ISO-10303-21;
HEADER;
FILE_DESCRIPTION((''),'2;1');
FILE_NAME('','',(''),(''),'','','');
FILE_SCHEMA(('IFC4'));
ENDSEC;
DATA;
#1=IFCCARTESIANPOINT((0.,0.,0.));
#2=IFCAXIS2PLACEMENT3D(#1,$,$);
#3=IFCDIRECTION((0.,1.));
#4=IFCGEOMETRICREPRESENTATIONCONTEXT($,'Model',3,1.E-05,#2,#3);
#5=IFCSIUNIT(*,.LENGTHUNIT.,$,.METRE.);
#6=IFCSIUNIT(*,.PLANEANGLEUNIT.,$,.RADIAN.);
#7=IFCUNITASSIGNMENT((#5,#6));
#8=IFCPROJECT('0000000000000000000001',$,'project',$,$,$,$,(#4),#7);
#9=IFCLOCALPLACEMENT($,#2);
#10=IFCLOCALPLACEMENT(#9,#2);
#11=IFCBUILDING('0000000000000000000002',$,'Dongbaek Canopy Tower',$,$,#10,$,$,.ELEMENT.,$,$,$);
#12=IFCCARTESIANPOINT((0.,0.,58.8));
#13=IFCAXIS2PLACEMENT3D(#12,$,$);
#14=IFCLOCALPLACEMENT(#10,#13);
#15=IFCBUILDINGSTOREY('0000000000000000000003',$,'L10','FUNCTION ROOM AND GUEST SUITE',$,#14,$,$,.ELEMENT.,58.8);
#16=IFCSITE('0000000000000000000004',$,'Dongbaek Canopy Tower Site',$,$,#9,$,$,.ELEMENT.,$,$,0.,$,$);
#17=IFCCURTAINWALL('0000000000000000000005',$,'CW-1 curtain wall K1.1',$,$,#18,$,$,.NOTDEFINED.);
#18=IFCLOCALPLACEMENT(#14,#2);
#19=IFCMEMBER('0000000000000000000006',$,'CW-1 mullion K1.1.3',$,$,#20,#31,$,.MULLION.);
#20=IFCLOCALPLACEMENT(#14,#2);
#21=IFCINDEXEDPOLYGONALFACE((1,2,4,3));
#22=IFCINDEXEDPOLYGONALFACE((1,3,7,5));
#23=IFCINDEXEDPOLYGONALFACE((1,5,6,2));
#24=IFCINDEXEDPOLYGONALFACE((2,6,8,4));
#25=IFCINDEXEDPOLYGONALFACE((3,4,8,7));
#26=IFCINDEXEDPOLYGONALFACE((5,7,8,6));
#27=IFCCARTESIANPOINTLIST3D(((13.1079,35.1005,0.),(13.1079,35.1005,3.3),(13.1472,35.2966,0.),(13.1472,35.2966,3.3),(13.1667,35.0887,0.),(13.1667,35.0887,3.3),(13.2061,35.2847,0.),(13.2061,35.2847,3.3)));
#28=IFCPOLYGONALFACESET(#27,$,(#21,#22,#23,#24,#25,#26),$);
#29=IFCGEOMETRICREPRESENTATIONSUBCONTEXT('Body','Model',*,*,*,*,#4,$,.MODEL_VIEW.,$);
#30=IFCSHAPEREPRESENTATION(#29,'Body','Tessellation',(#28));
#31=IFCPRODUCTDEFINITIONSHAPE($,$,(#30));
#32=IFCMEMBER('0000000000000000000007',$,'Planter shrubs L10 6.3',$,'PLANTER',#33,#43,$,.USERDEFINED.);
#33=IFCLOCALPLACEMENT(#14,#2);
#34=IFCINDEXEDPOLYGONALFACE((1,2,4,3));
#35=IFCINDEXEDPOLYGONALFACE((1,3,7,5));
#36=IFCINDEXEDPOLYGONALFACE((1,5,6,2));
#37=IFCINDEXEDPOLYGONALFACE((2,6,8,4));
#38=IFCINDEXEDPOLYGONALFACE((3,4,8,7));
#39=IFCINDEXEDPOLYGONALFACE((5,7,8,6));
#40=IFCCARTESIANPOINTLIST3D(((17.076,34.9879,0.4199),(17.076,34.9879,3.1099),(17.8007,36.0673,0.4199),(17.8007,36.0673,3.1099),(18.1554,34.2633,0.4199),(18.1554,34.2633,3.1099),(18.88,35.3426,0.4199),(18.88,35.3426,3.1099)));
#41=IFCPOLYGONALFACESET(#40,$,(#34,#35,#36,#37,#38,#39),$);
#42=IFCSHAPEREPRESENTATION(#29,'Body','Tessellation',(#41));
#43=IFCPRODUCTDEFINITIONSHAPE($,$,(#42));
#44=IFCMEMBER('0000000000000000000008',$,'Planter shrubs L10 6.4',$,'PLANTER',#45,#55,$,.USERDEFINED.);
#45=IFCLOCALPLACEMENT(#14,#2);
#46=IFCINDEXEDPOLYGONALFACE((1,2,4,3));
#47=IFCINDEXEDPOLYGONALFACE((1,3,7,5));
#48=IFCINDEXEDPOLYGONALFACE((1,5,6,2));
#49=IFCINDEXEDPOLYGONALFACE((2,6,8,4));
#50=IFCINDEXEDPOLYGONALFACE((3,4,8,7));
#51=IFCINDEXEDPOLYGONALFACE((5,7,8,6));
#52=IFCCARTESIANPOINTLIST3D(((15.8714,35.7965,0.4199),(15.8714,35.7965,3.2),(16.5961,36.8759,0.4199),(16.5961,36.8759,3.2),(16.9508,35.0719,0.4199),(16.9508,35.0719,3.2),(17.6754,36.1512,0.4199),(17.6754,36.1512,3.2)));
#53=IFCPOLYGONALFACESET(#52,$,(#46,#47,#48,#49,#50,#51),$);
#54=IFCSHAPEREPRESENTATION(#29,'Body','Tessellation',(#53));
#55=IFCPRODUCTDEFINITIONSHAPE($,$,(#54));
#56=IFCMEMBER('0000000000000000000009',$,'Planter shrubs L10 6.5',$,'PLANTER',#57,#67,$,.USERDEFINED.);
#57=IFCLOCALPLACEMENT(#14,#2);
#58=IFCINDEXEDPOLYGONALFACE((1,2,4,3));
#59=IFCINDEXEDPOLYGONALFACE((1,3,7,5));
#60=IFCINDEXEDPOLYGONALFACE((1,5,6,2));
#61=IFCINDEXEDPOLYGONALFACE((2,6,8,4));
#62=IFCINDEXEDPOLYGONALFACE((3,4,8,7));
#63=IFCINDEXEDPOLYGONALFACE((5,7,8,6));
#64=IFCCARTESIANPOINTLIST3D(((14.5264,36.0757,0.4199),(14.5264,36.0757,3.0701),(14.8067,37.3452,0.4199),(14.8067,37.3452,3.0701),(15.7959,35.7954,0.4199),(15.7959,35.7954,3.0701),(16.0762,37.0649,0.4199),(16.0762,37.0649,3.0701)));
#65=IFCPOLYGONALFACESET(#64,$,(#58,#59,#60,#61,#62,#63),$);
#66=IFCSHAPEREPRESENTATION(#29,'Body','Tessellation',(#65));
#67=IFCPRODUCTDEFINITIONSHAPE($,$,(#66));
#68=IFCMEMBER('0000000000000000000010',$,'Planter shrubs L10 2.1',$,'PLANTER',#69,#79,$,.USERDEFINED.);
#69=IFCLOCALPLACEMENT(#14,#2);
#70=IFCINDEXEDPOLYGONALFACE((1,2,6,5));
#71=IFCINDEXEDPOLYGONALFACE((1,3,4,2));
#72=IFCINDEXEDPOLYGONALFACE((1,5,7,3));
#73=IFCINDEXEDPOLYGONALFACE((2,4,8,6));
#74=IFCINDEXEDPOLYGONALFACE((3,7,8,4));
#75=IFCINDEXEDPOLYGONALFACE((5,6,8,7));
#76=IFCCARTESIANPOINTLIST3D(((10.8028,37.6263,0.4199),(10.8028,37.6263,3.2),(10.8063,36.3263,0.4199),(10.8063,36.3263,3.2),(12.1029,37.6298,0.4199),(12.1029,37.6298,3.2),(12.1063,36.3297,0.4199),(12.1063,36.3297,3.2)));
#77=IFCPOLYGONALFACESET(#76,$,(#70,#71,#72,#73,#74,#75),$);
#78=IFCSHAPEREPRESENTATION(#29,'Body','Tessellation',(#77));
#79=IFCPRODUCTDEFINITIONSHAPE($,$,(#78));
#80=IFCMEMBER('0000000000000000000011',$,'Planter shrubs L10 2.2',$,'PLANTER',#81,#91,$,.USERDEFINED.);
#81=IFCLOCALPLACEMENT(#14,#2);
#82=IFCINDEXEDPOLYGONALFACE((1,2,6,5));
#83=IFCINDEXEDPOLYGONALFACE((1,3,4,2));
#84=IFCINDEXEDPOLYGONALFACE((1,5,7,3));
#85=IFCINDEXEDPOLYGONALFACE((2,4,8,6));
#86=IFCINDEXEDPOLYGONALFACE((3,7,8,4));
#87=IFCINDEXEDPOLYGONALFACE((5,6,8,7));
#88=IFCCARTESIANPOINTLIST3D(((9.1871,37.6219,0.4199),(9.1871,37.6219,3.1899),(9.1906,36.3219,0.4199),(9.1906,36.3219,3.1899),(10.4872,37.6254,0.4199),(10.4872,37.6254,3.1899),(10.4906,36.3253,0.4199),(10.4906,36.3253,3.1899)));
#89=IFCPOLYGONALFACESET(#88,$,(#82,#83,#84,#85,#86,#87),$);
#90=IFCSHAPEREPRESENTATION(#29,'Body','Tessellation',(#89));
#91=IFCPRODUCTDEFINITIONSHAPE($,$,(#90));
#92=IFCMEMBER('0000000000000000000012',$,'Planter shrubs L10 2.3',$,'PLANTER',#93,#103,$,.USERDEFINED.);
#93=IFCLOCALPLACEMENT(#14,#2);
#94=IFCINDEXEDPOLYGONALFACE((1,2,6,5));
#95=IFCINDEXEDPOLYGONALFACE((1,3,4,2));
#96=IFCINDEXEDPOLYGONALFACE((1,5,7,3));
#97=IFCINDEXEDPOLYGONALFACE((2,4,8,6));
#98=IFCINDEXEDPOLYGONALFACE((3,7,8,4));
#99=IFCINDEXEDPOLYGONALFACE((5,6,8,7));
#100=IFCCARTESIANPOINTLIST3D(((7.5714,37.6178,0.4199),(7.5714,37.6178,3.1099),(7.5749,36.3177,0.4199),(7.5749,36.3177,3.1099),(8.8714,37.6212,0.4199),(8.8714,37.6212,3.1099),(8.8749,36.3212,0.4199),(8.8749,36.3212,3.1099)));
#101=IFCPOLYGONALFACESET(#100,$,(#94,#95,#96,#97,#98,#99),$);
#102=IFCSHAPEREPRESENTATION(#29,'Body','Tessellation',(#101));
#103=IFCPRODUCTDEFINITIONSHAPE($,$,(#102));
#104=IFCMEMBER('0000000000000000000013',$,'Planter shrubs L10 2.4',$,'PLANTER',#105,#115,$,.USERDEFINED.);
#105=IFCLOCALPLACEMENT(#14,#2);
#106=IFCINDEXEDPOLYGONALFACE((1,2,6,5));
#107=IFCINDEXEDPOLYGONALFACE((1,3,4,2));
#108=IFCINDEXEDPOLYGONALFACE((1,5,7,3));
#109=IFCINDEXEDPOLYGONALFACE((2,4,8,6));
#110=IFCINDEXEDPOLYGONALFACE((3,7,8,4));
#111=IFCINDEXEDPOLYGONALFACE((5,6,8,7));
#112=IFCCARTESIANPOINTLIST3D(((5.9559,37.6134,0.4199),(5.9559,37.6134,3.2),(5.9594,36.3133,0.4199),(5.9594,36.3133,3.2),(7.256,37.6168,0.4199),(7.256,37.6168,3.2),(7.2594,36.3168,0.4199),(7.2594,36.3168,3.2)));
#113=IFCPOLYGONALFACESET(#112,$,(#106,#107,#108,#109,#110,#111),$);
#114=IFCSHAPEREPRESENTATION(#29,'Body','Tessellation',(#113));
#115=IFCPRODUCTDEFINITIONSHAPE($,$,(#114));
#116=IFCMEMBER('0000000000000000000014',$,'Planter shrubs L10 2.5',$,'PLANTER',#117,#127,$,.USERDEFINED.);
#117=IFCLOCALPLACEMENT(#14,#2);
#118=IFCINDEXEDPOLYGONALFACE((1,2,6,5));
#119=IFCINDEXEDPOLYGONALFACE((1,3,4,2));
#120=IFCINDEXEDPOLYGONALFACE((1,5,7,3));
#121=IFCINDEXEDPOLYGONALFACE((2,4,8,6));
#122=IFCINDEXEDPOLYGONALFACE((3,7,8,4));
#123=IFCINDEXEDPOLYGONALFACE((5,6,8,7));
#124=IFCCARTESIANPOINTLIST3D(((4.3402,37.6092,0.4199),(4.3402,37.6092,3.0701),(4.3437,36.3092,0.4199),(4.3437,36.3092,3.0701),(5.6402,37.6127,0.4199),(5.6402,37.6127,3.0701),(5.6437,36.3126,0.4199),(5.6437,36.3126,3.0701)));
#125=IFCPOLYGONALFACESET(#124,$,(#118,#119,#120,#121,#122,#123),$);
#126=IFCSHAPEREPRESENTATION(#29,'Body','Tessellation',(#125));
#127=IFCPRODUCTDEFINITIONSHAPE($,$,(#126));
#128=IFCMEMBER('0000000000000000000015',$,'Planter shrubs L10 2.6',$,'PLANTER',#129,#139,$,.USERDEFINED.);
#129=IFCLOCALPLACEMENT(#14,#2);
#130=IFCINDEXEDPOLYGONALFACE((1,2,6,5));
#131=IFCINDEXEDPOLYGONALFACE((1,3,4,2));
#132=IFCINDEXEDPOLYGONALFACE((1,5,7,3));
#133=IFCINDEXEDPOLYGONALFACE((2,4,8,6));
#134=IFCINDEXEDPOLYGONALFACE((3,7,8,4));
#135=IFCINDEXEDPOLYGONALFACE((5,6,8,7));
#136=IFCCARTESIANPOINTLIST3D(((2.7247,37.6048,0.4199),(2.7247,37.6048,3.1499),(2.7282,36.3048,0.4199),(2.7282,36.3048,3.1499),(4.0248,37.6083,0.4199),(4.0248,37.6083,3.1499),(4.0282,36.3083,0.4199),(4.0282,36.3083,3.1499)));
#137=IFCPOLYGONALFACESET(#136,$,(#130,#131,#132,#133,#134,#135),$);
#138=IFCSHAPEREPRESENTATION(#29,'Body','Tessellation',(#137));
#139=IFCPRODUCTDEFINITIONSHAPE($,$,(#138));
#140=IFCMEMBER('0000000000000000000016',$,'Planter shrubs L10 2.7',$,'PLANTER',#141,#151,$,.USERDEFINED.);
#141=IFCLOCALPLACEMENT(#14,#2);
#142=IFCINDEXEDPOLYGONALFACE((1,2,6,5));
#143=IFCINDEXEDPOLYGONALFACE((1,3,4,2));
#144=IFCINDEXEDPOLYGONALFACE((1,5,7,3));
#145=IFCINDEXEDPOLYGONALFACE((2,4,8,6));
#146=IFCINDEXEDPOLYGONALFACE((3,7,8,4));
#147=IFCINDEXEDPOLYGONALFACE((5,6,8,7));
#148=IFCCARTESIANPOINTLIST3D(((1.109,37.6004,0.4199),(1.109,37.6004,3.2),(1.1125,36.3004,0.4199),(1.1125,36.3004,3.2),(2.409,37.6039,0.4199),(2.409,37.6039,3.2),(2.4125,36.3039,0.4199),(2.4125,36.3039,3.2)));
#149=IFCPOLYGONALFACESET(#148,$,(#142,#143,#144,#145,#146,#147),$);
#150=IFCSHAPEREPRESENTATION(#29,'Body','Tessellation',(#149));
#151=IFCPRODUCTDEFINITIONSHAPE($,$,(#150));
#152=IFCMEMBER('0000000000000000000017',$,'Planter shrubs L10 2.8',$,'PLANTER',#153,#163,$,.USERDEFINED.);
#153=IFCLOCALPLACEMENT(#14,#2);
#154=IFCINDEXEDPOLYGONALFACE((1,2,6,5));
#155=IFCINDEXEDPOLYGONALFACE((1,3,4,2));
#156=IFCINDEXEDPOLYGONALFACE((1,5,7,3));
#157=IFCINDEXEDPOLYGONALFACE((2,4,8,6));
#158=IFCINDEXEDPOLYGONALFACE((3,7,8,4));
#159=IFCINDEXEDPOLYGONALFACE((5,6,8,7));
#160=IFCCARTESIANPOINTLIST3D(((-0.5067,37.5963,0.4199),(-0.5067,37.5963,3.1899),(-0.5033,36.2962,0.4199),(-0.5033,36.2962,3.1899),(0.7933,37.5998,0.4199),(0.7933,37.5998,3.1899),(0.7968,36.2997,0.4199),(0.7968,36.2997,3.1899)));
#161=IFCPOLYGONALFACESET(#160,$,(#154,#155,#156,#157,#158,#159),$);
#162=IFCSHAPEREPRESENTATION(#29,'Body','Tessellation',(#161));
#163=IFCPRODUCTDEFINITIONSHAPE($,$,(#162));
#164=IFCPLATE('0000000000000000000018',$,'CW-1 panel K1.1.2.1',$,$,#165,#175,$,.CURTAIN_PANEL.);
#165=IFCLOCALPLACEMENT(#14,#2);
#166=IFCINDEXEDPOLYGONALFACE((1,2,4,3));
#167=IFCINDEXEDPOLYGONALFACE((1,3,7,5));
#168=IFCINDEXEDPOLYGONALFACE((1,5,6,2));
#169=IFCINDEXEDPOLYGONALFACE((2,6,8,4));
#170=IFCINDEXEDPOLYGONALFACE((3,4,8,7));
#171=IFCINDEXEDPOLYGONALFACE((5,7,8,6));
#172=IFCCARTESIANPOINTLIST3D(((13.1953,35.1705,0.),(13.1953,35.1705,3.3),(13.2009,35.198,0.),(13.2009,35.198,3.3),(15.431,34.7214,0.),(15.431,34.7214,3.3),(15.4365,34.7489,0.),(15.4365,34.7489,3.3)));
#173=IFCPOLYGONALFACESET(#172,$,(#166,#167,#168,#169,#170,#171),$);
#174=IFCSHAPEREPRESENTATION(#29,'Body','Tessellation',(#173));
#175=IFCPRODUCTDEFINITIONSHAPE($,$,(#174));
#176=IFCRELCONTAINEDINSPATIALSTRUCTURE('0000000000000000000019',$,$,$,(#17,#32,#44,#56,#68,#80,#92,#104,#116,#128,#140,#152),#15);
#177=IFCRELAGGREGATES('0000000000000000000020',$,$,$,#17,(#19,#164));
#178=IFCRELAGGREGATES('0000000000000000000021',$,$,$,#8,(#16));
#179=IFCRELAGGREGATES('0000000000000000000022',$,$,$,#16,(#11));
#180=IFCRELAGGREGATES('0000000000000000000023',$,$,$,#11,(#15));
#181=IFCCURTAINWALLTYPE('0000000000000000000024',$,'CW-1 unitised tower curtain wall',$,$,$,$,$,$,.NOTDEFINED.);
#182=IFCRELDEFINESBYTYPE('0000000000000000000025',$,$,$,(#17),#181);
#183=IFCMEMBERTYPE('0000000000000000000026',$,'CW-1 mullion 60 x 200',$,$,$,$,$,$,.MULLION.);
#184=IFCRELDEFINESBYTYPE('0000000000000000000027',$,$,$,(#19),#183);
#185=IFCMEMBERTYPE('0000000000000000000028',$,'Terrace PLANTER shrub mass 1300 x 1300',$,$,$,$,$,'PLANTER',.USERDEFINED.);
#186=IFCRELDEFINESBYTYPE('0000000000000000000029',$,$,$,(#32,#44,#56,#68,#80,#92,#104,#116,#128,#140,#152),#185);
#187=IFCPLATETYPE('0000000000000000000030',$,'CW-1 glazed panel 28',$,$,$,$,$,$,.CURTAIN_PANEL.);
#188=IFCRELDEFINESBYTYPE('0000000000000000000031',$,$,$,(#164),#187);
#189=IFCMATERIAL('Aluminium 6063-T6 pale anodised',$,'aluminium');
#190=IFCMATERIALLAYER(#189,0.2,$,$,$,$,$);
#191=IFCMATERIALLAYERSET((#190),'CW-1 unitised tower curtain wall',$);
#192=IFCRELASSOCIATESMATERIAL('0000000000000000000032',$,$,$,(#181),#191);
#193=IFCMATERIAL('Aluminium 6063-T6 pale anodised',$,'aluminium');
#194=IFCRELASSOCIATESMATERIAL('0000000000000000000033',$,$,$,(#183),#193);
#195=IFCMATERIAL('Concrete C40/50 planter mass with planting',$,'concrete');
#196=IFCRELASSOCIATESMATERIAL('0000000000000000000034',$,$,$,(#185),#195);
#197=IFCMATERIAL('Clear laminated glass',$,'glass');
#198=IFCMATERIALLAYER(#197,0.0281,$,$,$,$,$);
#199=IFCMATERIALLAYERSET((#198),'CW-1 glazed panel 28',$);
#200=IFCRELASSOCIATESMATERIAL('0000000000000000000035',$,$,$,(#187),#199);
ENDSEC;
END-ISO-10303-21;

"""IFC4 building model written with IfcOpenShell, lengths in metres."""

from ifc_helpers import new_model, si_unit, direction, frame, origin, origin_2d, place, context, subcontext, project, spatial, rectangle, extrude, material, layer, layer_set, material_profile, profile_set, type_object, element, aggregate, save


model = new_model("IFC4")

# Units and contexts
model_context = context("Model", 3, precision=1e-05, world=origin(), true_north=direction((0.0, 1.0)))
body_context = subcontext(model_context, "Body", "Model", "MODEL_VIEW")
ifc_project = project(units=[si_unit("LENGTHUNIT", "METRE"), si_unit("PLANEANGLEUNIT", "RADIAN")], contexts=[model_context])

# Site, building, storey
site_placement = place(None, origin())
site = spatial("IfcSite", under=ifc_project, at=site_placement, Name="Dongbaek Canopy Tower Site", CompositionType="ELEMENT", RefElevation=0.0)
building_placement = place(site_placement, origin())
building = spatial("IfcBuilding", under=site, at=building_placement, Name="Dongbaek Canopy Tower", CompositionType="ELEMENT")
storey_placement = place(building_placement, frame((0.0, 0.0, 58.8)))
storey = spatial("IfcBuildingStorey", under=building, at=storey_placement, Name="L10", Description="FUNCTION ROOM AND GUEST SUITE", CompositionType="ELEMENT", Elevation=58.8)

# Curtain wall, member
ifc_material_1 = material(Name="Aluminium 6063-T6 pale anodised", Category="aluminium")
ifc_layer_1 = layer(ifc_material_1, 0.2)
ifc_layer_set_1 = layer_set([ifc_layer_1], Name="CW-1 unitised tower curtain wall")
curtain_wall_type = type_object("IfcCurtainWallType", Name="CW-1 unitised tower curtain wall", PredefinedType="NOTDEFINED", material=ifc_layer_set_1)
curtain_wall_placement = place(storey_placement, origin())
curtain_wall = element("IfcCurtainWall", 1, at=curtain_wall_placement, inside=storey, type_object=curtain_wall_type, Name="CW-1 curtain wall K1.1", PredefinedType="NOTDEFINED")
ifc_material_2 = material(Name="Aluminium 6063-T6 pale anodised", Category="aluminium")
ifc_material_profile_1 = material_profile(ifc_material_2, rectangle(XDim=0.2, YDim=0.0601, at=origin_2d()), Name="CW-1 mullion 60 x 200")
ifc_profile_set_1 = profile_set([ifc_material_profile_1], Name="Aluminium 6063-T6 pale anodised")
member_type_1 = type_object("IfcMemberType", Name="CW-1 mullion 60 x 200", PredefinedType="MULLION", material=ifc_profile_set_1)
member_1_placement = place(storey_placement, frame((13.157, 35.1926, 0.0), z_axis=(0.0, 0.0, 1.0), x_axis=(0.196938, 0.980416, 0.0)))
member_1 = element("IfcMember", 2, at=member_1_placement, type_object=member_type_1, Name="CW-1 mullion K1.1.3", PredefinedType="MULLION", context=body_context, shape_type="SweptSolid", body=[
    extrude(rectangle(XDim=0.2, YDim=0.0601, at=origin_2d()), origin(), (0.0, 0.0, 1.0), 3.3),
])

# Members
ifc_material_3 = material(Name="Concrete C40/50 planter mass with planting", Category="concrete")
ifc_material_profile_2 = material_profile(ifc_material_3, rectangle(XDim=1.3, YDim=1.3, at=origin_2d()), Name="Terrace PLANTER shrub mass 1300 x 1300")
ifc_profile_set_2 = profile_set([ifc_material_profile_2], Name="Concrete C40/50 planter mass with planting")
member_type_2 = type_object("IfcMemberType", Name="Terrace PLANTER shrub mass 1300 x 1300", ElementType="PLANTER", PredefinedType="USERDEFINED", material=ifc_profile_set_2)
member_2_placement = place(storey_placement, frame((17.978, 35.1653, 0.4199), z_axis=(0.0, 0.0, 1.0), x_axis=(0.557401, 0.830243, 0.0)))
element("IfcMember", 3, at=member_2_placement, inside=storey, type_object=member_type_2, Name="Planter shrubs L10 6.3", ObjectType="PLANTER", PredefinedType="USERDEFINED", context=body_context, shape_type="SweptSolid", body=[
    extrude(rectangle(XDim=1.3, YDim=1.3, at=origin_2d()), origin(), (0.0, 0.0, 1.0), 2.6899),
])
member_3_placement = place(storey_placement, frame((16.7734, 35.9739, 0.4199), z_axis=(0.0, 0.0, 1.0), x_axis=(0.557401, 0.830243, 0.0)))
element("IfcMember", 4, at=member_3_placement, inside=storey, type_object=member_type_2, Name="Planter shrubs L10 6.4", ObjectType="PLANTER", PredefinedType="USERDEFINED", context=body_context, shape_type="SweptSolid", body=[
    extrude(rectangle(XDim=1.3, YDim=1.3, at=origin_2d()), origin(), (0.0, 0.0, 1.0), 2.78),
])
member_4_placement = place(storey_placement, frame((15.3013, 36.5703, 0.4199), z_axis=(0.0, 0.0, 1.0), x_axis=(0.215601, 0.976482, 0.0)))
element("IfcMember", 5, at=member_4_placement, inside=storey, type_object=member_type_2, Name="Planter shrubs L10 6.5", ObjectType="PLANTER", PredefinedType="USERDEFINED", context=body_context, shape_type="SweptSolid", body=[
    extrude(rectangle(XDim=1.3, YDim=1.3, at=origin_2d()), origin(), (0.0, 0.0, 1.0), 2.6501),
])
member_5_placement = place(storey_placement, frame((11.4546, 36.978, 0.4199), z_axis=(0.0, 0.0, 1.0), x_axis=(-0.002666, 0.999996, 0.0)))
element("IfcMember", 6, at=member_5_placement, inside=storey, type_object=member_type_2, Name="Planter shrubs L10 2.1", ObjectType="PLANTER", PredefinedType="USERDEFINED", context=body_context, shape_type="SweptSolid", body=[
    extrude(rectangle(XDim=1.3, YDim=1.3, at=origin_2d()), origin(), (0.0, 0.0, 1.0), 2.78),
])
member_6_placement = place(storey_placement, frame((9.8389, 36.9736, 0.4199), z_axis=(0.0, 0.0, 1.0), x_axis=(-0.002666, 0.999996, 0.0)))
element("IfcMember", 7, at=member_6_placement, inside=storey, type_object=member_type_2, Name="Planter shrubs L10 2.2", ObjectType="PLANTER", PredefinedType="USERDEFINED", context=body_context, shape_type="SweptSolid", body=[
    extrude(rectangle(XDim=1.3, YDim=1.3, at=origin_2d()), origin(), (0.0, 0.0, 1.0), 2.77),
])
member_7_placement = place(storey_placement, frame((8.2231, 36.9695, 0.4199), z_axis=(0.0, 0.0, 1.0), x_axis=(-0.002666, 0.999996, 0.0)))
element("IfcMember", 8, at=member_7_placement, inside=storey, type_object=member_type_2, Name="Planter shrubs L10 2.3", ObjectType="PLANTER", PredefinedType="USERDEFINED", context=body_context, shape_type="SweptSolid", body=[
    extrude(rectangle(XDim=1.3, YDim=1.3, at=origin_2d()), origin(), (0.0, 0.0, 1.0), 2.6899),
])
member_8_placement = place(storey_placement, frame((6.6077, 36.9651, 0.4199), z_axis=(0.0, 0.0, 1.0), x_axis=(-0.002666, 0.999996, 0.0)))
element("IfcMember", 9, at=member_8_placement, inside=storey, type_object=member_type_2, Name="Planter shrubs L10 2.4", ObjectType="PLANTER", PredefinedType="USERDEFINED", context=body_context, shape_type="SweptSolid", body=[
    extrude(rectangle(XDim=1.3, YDim=1.3, at=origin_2d()), origin(), (0.0, 0.0, 1.0), 2.78),
])
member_9_placement = place(storey_placement, frame((4.9919, 36.9609, 0.4199), z_axis=(0.0, 0.0, 1.0), x_axis=(-0.002666, 0.999996, 0.0)))
element("IfcMember", 10, at=member_9_placement, inside=storey, type_object=member_type_2, Name="Planter shrubs L10 2.5", ObjectType="PLANTER", PredefinedType="USERDEFINED", context=body_context, shape_type="SweptSolid", body=[
    extrude(rectangle(XDim=1.3, YDim=1.3, at=origin_2d()), origin(), (0.0, 0.0, 1.0), 2.6501),
])
member_10_placement = place(storey_placement, frame((3.3765, 36.9565, 0.4199), z_axis=(0.0, 0.0, 1.0), x_axis=(-0.002666, 0.999996, 0.0)))
element("IfcMember", 11, at=member_10_placement, inside=storey, type_object=member_type_2, Name="Planter shrubs L10 2.6", ObjectType="PLANTER", PredefinedType="USERDEFINED", context=body_context, shape_type="SweptSolid", body=[
    extrude(rectangle(XDim=1.3, YDim=1.3, at=origin_2d()), origin(), (0.0, 0.0, 1.0), 2.73),
])
member_11_placement = place(storey_placement, frame((1.7607, 36.9521, 0.4199), z_axis=(0.0, 0.0, 1.0), x_axis=(-0.002666, 0.999996, 0.0)))
element("IfcMember", 12, at=member_11_placement, inside=storey, type_object=member_type_2, Name="Planter shrubs L10 2.7", ObjectType="PLANTER", PredefinedType="USERDEFINED", context=body_context, shape_type="SweptSolid", body=[
    extrude(rectangle(XDim=1.3, YDim=1.3, at=origin_2d()), origin(), (0.0, 0.0, 1.0), 2.78),
])
member_12_placement = place(storey_placement, frame((0.145, 36.948, 0.4199), z_axis=(0.0, 0.0, 1.0), x_axis=(-0.002666, 0.999996, 0.0)))
element("IfcMember", 13, at=member_12_placement, inside=storey, type_object=member_type_2, Name="Planter shrubs L10 2.8", ObjectType="PLANTER", PredefinedType="USERDEFINED", context=body_context, shape_type="SweptSolid", body=[
    extrude(rectangle(XDim=1.3, YDim=1.3, at=origin_2d()), origin(), (0.0, 0.0, 1.0), 2.77),
])

# Plate
ifc_material_4 = material(Name="Clear laminated glass", Category="glass")
ifc_layer_2 = layer(ifc_material_4, 0.0281)
ifc_layer_set_2 = layer_set([ifc_layer_2], Name="CW-1 glazed panel 28")
plate_type = type_object("IfcPlateType", Name="CW-1 glazed panel 28", PredefinedType="CURTAIN_PANEL", material=ifc_layer_set_2)
plate_placement = place(storey_placement, frame((14.3159, 34.9597, 0.0), z_axis=(0.0, 0.0, 1.0), x_axis=(-0.980416, 0.196938, 0.0)))
plate = element("IfcPlate", 14, at=plate_placement, type_object=plate_type, Name="CW-1 panel K1.1.2.1", PredefinedType="CURTAIN_PANEL", context=body_context, shape_type="SweptSolid", body=[
    extrude(rectangle(XDim=2.2803, YDim=0.0281, at=origin_2d()), origin(), (0.0, 0.0, 1.0), 3.3),
])
aggregate(curtain_wall, [member_1, plate])

save(model, "model.ifc")
